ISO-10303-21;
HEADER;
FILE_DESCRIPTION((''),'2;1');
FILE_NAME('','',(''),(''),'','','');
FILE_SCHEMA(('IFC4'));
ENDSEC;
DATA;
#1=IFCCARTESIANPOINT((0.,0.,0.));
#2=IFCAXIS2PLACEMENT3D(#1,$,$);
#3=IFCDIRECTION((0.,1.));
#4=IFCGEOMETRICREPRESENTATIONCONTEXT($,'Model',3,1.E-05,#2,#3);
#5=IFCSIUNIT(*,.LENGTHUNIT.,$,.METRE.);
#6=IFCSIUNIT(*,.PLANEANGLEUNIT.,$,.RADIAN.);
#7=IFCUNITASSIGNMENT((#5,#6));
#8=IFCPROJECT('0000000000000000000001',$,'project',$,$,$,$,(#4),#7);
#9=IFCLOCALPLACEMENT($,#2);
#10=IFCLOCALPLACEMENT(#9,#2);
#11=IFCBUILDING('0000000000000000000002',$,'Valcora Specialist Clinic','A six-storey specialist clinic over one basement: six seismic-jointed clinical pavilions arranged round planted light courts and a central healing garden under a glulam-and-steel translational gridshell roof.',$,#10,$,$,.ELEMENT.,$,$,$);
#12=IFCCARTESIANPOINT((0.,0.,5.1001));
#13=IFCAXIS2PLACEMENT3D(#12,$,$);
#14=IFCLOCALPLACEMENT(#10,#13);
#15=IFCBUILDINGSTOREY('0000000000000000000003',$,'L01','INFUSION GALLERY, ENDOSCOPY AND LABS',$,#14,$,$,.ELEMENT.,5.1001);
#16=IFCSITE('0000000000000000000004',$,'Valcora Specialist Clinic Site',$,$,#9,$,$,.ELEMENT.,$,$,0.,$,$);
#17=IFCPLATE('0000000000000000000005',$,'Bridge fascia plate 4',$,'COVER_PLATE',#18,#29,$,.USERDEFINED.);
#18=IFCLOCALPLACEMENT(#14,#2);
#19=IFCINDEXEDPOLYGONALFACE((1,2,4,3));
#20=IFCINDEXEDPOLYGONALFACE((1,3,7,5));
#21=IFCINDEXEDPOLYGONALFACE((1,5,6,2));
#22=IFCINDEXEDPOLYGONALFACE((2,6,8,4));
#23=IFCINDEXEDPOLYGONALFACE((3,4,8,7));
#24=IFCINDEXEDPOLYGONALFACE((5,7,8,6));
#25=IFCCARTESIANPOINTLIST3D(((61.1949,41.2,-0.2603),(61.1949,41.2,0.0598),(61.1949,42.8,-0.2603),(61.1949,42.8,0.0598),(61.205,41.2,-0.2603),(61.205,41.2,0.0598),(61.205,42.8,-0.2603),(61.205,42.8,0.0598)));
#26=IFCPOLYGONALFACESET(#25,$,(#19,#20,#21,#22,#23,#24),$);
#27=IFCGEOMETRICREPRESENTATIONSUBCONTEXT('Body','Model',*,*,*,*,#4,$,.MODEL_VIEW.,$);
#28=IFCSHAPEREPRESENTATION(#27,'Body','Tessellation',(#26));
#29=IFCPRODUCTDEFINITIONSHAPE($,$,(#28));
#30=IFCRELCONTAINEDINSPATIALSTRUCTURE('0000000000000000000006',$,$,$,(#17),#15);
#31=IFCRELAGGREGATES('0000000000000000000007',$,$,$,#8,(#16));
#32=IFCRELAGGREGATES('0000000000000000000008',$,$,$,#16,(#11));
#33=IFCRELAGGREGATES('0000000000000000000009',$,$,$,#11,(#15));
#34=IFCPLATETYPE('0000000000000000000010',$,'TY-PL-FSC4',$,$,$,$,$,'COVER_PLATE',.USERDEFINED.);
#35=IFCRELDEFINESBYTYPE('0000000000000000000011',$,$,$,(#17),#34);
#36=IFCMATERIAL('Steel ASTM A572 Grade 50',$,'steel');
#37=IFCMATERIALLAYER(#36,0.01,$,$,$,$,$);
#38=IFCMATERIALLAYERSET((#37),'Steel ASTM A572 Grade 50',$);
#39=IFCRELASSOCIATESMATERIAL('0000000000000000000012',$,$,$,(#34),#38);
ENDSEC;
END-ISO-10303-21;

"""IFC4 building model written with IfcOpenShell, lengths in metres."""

from ifc_helpers import new_model, si_unit, direction, frame, origin, origin_2d, place, context, subcontext, project, spatial, rectangle, extrude, material, layer, layer_set, type_object, element, save


model = new_model("IFC4")

# Units and contexts
model_context = context("Model", 3, precision=1e-05, world=origin(), true_north=direction((0.0, 1.0)))
body_context = subcontext(model_context, "Body", "Model", "MODEL_VIEW")
ifc_project = project(units=[si_unit("LENGTHUNIT", "METRE"), si_unit("PLANEANGLEUNIT", "RADIAN")], contexts=[model_context])

# Site, building, storey
site_placement = place(None, origin())
site = spatial("IfcSite", under=ifc_project, at=site_placement, Name="Valcora Specialist Clinic Site", CompositionType="ELEMENT", RefElevation=0.0)
building_placement = place(site_placement, origin())
building = spatial("IfcBuilding", under=site, at=building_placement, Name="Valcora Specialist Clinic", Description="A six-storey specialist clinic over one basement: six seismic-jointed clinical pavilions arranged round planted light courts and a central healing garden under a glulam-and-steel translational gridshell roof.", CompositionType="ELEMENT")
storey_placement = place(building_placement, frame((0.0, 0.0, 5.1001)))
storey = spatial("IfcBuildingStorey", under=building, at=storey_placement, Name="L01", Description="INFUSION GALLERY, ENDOSCOPY AND LABS", CompositionType="ELEMENT", Elevation=5.1001)

# Plate
ifc_material_1 = material(Name="Steel ASTM A572 Grade 50", Category="steel")
ifc_layer_1 = layer(ifc_material_1, 0.01)
ifc_layer_set_1 = layer_set([ifc_layer_1], Name="Steel ASTM A572 Grade 50")
plate_type_1 = type_object("IfcPlateType", Name="TY-PL-FSC4", ElementType="COVER_PLATE", PredefinedType="USERDEFINED", material=ifc_layer_set_1)
for number, where, z_axis, x_axis, name in (
    (1, (61.2, 42.0, -0.2603), (0.0, 0.0, 1.0), (0.0, 1.0, 0.0), "Bridge fascia plate 4"),
):
    element("IfcPlate", number, at=place(storey_placement, frame(where, z_axis=z_axis, x_axis=x_axis)), inside=storey, type_object=plate_type_1, Name=name, ObjectType="COVER_PLATE", PredefinedType="USERDEFINED", context=body_context, shape_type="SweptSolid", body=[
        extrude(rectangle(XDim=1.6001, YDim=0.01, at=origin_2d()), origin(), (0.0, 0.0, 1.0), 0.3201),
    ])

save(model, "model.ifc")
